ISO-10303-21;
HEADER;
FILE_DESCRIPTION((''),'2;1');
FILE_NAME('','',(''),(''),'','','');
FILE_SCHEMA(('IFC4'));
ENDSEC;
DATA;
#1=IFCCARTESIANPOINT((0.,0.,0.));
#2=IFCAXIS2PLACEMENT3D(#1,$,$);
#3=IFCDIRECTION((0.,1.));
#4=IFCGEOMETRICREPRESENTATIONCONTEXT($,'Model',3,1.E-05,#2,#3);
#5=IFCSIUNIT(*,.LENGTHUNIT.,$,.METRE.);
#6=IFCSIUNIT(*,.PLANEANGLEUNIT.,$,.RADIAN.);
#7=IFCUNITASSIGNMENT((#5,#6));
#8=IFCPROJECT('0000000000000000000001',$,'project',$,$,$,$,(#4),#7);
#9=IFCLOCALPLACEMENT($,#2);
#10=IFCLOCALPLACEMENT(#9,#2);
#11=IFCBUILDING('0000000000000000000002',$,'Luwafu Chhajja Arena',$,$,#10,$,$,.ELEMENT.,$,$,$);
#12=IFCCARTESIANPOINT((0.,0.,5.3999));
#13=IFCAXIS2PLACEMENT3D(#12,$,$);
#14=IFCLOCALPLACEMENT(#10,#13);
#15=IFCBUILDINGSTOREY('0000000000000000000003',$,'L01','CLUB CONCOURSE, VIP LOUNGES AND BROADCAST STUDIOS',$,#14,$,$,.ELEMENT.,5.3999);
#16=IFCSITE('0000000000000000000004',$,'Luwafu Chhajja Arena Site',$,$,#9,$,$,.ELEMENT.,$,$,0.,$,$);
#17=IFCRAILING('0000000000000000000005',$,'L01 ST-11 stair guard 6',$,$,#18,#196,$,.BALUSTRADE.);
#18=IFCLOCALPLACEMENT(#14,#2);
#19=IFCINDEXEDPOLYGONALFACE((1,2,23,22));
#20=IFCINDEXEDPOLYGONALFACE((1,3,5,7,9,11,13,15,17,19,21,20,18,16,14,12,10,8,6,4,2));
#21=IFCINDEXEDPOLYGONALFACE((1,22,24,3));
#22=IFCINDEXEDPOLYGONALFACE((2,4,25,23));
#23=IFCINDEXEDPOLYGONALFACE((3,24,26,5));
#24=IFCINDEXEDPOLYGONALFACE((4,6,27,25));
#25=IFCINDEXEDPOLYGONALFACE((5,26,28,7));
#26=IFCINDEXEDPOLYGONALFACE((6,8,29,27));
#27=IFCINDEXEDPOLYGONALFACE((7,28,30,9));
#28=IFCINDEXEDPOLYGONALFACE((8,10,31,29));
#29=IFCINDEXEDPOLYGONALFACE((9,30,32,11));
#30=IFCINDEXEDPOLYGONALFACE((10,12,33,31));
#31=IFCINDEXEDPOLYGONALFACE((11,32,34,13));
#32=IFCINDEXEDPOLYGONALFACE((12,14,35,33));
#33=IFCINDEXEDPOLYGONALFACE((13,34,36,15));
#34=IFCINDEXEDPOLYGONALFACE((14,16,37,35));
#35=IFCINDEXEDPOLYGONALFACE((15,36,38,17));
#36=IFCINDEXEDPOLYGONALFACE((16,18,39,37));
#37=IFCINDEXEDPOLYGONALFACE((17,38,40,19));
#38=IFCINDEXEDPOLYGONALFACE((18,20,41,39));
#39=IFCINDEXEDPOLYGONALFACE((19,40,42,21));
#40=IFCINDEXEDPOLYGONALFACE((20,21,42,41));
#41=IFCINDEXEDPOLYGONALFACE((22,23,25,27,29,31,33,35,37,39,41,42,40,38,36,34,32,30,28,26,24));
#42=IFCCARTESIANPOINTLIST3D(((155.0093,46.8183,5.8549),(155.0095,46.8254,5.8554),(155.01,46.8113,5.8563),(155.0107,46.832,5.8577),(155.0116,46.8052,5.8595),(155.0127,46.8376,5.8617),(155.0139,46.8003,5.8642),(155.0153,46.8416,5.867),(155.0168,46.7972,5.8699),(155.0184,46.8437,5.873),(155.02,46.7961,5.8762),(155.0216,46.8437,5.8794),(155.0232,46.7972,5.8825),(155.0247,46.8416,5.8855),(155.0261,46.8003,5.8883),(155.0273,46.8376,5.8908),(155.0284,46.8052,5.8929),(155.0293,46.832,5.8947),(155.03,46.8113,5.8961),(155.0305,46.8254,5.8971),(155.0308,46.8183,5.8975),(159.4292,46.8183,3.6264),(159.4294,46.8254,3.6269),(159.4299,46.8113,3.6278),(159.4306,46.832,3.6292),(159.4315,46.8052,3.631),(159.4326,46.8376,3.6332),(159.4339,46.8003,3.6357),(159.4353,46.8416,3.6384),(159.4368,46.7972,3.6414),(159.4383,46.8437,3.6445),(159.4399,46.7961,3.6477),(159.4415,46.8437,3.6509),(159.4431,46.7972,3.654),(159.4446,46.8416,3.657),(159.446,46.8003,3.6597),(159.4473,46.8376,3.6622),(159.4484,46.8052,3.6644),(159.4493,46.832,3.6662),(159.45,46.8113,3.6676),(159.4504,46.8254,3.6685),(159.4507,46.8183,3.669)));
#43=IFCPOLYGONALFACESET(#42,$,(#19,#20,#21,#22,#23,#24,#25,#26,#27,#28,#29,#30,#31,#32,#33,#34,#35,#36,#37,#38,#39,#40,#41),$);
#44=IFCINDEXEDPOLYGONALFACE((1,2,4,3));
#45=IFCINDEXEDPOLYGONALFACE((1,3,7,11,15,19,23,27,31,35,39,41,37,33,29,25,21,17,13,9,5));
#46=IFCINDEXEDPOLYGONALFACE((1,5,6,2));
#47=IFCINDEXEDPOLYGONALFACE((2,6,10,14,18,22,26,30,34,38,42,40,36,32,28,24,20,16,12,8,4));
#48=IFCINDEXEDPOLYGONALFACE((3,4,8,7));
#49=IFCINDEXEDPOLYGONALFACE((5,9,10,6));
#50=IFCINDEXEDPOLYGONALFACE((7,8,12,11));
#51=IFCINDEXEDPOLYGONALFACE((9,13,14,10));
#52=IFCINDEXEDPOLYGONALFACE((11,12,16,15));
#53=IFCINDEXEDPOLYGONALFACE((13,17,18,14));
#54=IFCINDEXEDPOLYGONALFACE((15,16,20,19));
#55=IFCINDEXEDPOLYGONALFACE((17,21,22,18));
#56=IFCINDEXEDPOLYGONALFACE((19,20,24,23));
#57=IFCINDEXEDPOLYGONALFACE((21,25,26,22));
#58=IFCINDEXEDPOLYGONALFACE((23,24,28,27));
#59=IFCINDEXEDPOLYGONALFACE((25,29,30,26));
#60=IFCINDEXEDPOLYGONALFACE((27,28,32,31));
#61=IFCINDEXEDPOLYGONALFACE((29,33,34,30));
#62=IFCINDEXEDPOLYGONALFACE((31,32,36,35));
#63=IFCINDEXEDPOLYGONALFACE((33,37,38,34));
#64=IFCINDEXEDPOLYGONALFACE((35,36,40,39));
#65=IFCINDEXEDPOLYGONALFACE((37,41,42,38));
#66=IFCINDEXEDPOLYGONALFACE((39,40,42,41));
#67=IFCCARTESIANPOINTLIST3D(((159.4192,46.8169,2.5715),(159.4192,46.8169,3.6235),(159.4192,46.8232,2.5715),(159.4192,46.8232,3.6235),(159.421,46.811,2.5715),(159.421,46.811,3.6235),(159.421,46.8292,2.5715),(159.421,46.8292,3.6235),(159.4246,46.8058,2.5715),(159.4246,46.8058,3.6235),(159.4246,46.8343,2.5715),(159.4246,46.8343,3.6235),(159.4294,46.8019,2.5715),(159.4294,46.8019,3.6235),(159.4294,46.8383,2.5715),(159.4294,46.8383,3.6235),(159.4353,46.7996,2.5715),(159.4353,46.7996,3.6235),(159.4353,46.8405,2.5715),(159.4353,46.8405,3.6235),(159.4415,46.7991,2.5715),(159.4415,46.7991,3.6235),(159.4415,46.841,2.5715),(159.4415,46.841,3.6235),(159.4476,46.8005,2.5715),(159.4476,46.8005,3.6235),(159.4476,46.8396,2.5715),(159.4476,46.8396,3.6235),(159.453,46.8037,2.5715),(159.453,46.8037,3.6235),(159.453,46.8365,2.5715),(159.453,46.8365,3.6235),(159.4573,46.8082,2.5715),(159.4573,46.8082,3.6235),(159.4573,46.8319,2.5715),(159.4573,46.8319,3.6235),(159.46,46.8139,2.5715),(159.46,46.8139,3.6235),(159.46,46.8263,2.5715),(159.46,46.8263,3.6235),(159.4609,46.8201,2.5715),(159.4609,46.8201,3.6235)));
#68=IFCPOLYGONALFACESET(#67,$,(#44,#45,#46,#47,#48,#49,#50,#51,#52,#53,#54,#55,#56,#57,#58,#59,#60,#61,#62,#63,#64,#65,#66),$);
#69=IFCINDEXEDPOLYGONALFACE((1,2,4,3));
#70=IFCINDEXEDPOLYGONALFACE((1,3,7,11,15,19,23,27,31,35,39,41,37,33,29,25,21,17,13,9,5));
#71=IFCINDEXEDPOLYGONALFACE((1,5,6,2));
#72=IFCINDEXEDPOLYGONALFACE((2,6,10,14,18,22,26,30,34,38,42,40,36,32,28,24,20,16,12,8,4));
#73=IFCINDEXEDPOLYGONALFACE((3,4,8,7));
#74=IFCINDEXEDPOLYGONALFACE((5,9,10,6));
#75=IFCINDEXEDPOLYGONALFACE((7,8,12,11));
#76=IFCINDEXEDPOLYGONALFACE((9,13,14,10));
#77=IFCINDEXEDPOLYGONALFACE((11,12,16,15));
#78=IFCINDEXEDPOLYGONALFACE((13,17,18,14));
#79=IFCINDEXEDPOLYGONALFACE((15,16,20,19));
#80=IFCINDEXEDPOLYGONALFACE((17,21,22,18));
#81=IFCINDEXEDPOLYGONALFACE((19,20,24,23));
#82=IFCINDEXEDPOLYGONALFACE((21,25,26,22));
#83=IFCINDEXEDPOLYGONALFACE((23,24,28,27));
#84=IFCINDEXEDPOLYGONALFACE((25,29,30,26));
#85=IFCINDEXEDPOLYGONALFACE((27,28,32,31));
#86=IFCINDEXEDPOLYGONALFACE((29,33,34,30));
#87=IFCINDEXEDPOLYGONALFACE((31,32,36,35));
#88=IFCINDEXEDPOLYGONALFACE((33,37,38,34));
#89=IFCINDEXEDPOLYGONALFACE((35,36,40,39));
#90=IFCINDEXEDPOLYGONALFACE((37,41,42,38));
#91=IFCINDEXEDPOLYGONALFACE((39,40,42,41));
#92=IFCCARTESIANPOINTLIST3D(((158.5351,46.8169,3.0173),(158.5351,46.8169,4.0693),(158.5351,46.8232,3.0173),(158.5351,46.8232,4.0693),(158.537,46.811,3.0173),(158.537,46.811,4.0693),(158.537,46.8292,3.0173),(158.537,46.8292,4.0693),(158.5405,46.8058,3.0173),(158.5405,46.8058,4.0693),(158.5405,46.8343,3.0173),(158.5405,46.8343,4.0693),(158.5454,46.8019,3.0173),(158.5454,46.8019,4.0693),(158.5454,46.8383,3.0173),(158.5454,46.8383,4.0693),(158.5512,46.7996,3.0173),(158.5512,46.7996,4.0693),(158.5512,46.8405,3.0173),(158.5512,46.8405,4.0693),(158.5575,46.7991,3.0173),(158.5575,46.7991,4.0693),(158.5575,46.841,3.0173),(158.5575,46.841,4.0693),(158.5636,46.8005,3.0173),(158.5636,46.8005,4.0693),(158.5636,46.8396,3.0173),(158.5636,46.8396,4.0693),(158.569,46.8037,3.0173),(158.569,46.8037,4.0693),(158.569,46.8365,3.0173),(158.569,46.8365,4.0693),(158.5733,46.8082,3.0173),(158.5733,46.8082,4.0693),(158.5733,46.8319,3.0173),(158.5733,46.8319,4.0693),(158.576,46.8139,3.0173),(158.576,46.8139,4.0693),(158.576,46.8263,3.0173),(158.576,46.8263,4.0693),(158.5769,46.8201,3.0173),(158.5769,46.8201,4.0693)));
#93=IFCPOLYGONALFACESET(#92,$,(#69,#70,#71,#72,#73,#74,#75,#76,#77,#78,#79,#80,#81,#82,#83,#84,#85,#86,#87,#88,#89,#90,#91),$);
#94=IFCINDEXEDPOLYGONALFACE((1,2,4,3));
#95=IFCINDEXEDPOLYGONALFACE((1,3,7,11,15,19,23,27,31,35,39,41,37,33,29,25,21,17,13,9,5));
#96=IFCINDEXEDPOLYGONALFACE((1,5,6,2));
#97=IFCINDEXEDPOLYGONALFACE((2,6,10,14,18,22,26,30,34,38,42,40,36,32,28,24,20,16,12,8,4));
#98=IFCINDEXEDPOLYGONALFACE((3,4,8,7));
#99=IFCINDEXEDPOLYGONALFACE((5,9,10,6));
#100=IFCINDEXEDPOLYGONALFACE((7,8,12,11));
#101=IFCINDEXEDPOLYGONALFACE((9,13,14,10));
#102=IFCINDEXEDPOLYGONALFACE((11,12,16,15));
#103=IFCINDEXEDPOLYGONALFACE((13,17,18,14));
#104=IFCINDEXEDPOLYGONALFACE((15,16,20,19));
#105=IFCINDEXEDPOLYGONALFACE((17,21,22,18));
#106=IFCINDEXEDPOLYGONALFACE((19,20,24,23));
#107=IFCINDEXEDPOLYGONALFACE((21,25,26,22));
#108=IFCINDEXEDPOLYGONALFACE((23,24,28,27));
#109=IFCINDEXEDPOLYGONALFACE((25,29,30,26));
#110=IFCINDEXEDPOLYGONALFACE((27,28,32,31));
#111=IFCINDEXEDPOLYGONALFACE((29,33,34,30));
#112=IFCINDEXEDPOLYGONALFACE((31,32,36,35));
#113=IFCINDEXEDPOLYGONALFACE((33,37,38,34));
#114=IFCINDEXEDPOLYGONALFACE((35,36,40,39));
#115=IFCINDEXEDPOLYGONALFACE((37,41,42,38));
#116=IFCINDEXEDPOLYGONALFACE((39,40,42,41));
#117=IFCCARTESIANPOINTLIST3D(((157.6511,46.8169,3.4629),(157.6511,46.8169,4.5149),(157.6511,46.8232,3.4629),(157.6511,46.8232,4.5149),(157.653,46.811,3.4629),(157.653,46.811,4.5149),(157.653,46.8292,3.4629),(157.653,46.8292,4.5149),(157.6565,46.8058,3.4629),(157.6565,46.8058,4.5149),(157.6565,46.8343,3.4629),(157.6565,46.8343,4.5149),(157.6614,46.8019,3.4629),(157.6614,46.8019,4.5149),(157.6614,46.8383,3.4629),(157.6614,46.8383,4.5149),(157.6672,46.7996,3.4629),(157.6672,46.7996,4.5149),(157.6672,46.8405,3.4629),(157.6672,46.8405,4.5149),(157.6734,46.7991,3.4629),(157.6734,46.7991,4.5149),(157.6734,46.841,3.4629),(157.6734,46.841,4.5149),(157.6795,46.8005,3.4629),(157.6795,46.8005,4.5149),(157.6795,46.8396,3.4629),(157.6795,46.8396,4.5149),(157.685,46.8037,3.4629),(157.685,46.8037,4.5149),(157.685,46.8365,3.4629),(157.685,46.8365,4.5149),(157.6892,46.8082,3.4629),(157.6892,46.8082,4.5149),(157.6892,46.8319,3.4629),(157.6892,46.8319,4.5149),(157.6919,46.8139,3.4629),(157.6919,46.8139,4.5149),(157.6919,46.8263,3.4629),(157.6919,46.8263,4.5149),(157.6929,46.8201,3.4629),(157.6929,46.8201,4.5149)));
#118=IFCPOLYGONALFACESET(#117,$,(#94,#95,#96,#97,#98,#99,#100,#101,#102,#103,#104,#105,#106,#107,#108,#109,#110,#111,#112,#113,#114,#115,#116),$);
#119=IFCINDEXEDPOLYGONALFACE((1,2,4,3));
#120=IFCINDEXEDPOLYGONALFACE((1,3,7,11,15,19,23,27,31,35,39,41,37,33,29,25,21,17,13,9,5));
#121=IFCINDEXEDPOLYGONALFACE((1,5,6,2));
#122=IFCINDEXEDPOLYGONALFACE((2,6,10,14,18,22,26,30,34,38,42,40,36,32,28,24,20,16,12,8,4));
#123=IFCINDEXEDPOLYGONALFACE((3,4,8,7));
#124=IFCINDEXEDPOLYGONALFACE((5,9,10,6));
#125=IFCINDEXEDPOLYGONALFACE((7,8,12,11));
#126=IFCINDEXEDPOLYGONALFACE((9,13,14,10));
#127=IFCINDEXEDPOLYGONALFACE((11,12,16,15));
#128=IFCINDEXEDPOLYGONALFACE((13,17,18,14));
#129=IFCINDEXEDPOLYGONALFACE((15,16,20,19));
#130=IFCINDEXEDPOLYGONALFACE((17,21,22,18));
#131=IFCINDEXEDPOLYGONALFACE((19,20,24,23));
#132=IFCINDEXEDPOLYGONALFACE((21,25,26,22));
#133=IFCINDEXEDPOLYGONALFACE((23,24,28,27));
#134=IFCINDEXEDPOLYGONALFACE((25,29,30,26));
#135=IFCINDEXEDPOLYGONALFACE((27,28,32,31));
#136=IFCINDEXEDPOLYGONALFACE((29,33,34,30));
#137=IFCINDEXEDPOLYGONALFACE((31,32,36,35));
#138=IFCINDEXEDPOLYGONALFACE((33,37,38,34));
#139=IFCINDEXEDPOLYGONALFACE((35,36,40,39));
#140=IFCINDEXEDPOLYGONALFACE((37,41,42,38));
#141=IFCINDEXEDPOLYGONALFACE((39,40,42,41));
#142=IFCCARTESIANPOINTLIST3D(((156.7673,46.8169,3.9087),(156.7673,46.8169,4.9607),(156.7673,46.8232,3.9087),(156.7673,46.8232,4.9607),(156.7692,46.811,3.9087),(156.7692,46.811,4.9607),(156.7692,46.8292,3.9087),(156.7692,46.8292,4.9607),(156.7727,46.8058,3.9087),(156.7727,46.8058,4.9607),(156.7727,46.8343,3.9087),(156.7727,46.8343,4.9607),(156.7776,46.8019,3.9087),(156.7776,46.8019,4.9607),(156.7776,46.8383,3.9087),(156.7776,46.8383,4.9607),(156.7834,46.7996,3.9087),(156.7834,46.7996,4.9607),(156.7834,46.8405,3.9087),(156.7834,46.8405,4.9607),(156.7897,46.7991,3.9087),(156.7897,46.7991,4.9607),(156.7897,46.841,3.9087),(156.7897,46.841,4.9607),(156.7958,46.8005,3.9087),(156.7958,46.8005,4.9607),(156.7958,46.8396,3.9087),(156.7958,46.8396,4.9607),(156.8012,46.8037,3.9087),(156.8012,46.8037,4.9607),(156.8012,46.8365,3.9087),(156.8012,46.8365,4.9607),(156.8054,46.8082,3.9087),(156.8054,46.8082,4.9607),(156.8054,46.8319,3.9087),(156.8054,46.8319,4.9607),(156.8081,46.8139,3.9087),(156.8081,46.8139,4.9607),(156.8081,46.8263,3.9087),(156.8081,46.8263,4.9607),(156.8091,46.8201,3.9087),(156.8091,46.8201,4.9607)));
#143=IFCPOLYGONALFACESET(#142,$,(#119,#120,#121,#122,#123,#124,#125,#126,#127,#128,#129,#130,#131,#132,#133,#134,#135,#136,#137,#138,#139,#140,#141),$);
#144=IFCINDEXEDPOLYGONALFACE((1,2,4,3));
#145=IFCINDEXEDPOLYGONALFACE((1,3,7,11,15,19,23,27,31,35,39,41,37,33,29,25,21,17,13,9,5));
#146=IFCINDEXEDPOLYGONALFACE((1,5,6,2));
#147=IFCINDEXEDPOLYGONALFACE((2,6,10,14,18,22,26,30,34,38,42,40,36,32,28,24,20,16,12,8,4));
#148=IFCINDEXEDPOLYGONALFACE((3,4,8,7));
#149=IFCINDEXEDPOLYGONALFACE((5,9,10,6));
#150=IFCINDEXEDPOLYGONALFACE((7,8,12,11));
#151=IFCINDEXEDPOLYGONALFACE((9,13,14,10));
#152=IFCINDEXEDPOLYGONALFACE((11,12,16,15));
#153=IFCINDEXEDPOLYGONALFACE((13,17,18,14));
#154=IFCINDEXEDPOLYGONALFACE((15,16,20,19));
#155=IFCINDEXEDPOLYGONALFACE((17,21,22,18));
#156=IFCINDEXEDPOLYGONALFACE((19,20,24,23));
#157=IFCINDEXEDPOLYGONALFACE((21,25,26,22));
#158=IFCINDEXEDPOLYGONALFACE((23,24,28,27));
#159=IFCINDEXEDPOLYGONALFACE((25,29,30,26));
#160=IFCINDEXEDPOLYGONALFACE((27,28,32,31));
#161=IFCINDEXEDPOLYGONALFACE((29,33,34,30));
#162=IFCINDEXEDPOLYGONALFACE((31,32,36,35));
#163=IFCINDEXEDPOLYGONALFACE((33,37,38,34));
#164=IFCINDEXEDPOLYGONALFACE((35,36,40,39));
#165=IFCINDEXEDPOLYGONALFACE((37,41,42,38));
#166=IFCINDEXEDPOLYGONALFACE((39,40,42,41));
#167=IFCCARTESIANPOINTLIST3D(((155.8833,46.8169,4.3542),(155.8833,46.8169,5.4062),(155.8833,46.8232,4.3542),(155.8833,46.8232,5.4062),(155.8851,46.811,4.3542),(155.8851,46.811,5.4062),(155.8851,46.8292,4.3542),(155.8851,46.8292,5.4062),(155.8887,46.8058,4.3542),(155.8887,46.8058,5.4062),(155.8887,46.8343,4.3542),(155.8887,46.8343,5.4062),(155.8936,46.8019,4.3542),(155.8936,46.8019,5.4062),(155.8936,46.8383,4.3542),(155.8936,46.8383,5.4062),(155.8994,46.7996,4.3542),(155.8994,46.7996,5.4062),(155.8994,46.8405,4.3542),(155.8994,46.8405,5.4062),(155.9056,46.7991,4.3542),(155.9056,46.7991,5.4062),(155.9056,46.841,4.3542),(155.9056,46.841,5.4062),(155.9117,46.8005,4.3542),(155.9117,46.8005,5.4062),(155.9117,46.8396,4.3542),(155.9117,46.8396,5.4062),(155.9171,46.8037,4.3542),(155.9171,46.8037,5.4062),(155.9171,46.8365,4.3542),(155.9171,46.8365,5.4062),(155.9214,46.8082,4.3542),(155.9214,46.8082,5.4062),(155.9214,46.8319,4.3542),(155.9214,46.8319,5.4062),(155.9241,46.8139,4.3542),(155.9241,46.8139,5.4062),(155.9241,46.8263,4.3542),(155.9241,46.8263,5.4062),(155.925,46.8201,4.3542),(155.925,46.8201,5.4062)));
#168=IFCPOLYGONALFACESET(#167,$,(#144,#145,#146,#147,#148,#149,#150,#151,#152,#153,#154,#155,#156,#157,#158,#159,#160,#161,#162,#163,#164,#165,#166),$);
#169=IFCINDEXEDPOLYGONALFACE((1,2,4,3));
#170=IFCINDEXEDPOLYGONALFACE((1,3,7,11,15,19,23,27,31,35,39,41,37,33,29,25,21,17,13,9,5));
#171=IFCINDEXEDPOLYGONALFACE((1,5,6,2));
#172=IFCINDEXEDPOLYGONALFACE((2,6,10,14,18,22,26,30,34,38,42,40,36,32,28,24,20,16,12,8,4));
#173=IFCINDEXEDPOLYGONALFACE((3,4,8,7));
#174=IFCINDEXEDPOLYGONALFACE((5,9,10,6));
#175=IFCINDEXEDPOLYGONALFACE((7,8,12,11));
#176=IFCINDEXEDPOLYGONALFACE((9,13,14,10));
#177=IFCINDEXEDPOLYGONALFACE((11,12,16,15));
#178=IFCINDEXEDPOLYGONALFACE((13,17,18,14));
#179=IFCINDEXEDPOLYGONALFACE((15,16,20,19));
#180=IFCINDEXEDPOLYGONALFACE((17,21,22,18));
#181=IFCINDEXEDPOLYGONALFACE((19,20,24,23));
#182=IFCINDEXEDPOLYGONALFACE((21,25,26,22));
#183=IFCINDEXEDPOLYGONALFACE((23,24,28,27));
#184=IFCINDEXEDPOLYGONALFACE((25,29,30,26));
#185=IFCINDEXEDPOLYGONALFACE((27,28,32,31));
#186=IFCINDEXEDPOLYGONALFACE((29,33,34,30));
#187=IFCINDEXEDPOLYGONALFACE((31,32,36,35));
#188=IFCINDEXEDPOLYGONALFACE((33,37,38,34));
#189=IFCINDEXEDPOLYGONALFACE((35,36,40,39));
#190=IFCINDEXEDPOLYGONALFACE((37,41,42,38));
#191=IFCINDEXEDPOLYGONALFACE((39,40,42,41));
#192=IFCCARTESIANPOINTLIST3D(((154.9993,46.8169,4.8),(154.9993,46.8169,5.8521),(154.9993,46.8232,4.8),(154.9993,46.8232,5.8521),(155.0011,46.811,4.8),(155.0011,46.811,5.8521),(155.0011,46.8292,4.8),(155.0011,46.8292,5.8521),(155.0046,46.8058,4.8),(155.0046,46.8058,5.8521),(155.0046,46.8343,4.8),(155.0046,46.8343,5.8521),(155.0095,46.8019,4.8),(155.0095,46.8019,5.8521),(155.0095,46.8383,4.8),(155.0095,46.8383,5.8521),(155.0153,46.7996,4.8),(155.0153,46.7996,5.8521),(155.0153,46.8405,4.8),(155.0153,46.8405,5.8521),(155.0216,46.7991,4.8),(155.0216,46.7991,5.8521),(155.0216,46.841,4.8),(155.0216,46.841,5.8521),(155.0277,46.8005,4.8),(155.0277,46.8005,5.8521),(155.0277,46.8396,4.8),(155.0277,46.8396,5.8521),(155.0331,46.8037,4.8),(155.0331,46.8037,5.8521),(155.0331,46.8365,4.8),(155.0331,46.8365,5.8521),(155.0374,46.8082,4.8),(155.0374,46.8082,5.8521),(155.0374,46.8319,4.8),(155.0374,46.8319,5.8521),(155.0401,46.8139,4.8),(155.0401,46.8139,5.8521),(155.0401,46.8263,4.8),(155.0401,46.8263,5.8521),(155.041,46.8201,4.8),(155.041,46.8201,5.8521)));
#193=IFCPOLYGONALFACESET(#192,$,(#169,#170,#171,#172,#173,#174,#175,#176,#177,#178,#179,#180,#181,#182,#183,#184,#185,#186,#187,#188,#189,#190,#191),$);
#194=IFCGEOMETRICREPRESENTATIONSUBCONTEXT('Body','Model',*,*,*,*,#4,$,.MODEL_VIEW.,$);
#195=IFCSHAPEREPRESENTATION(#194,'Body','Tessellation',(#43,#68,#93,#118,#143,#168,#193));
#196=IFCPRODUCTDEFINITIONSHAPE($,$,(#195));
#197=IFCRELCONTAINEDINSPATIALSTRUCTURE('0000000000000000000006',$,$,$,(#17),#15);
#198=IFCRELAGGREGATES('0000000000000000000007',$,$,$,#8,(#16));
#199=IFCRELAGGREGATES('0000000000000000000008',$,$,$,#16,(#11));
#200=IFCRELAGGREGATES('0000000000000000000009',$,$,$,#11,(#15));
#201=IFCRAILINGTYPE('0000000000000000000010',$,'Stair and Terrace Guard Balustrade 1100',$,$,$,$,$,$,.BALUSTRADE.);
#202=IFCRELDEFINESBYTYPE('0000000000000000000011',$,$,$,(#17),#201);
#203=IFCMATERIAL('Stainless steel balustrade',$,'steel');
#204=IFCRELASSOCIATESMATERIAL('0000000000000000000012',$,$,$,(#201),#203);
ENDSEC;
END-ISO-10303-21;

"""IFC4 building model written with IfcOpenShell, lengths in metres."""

from ifc_helpers import new_model, si_unit, direction, frame, origin, origin_2d, place, context, subcontext, project, spatial, circle, extrude, material, type_object, element, save


model = new_model("IFC4")

# Units and contexts
model_context = context("Model", 3, precision=1e-05, world=origin(), true_north=direction((0.0, 1.0)))
body_context = subcontext(model_context, "Body", "Model", "MODEL_VIEW")
ifc_project = project(units=[si_unit("LENGTHUNIT", "METRE"), si_unit("PLANEANGLEUNIT", "RADIAN")], contexts=[model_context])

# Site, building, storey
site_placement = place(None, origin())
site = spatial("IfcSite", under=ifc_project, at=site_placement, Name="Luwafu Chhajja Arena Site", CompositionType="ELEMENT", RefElevation=0.0)
building_placement = place(site_placement, origin())
building = spatial("IfcBuilding", under=site, at=building_placement, Name="Luwafu Chhajja Arena", CompositionType="ELEMENT")
storey_placement = place(building_placement, frame((0.0, 0.0, 5.3999)))
storey = spatial("IfcBuildingStorey", under=building, at=storey_placement, Name="L01", Description="CLUB CONCOURSE, VIP LOUNGES AND BROADCAST STUDIOS", CompositionType="ELEMENT", Elevation=5.3999)

# Railing
ifc_material_1 = material(Name="Stainless steel balustrade", Category="steel")
railing_type_1 = type_object("IfcRailingType", Name="Stair and Terrace Guard Balustrade 1100", PredefinedType="BALUSTRADE", material=ifc_material_1)
railing_1_placement = place(storey_placement, frame((159.4399, 46.8201, 2.5715)))
element("IfcRailing", 1, at=railing_1_placement, inside=storey, type_object=railing_type_1, Name="L01 ST-11 stair guard 6", PredefinedType="BALUSTRADE", context=body_context, shape_type="SweptSolid", body=[
    extrude(circle(Radius=0.0239, at=origin_2d()), frame((0.0, 0.0, 1.0762), z_axis=(-0.892923, 0.0, 0.45021), x_axis=(0.0, -1.0, 0.0)), (0.0, 0.0, 1.0), 4.95),
    extrude(circle(Radius=0.021, at=origin_2d()), origin(), (0.0, 0.0, 1.0), 1.052),
    extrude(circle(Radius=0.021, at=origin_2d()), frame((-0.884, 0.0, 0.4458)), (0.0, 0.0, 1.0), 1.052),
    extrude(circle(Radius=0.021, at=origin_2d()), frame((-1.7681, 0.0, 0.8914)), (0.0, 0.0, 1.0), 1.052),
    extrude(circle(Radius=0.021, at=origin_2d()), frame((-2.6519, 0.0, 1.3372)), (0.0, 0.0, 1.0), 1.052),
    extrude(circle(Radius=0.021, at=origin_2d()), frame((-3.5359, 0.0, 1.7827)), (0.0, 0.0, 1.0), 1.052),
    extrude(circle(Radius=0.021, at=origin_2d()), frame((-4.4199, 0.0, 2.2285)), (0.0, 0.0, 1.0), 1.052),
])

save(model, "model.ifc")
